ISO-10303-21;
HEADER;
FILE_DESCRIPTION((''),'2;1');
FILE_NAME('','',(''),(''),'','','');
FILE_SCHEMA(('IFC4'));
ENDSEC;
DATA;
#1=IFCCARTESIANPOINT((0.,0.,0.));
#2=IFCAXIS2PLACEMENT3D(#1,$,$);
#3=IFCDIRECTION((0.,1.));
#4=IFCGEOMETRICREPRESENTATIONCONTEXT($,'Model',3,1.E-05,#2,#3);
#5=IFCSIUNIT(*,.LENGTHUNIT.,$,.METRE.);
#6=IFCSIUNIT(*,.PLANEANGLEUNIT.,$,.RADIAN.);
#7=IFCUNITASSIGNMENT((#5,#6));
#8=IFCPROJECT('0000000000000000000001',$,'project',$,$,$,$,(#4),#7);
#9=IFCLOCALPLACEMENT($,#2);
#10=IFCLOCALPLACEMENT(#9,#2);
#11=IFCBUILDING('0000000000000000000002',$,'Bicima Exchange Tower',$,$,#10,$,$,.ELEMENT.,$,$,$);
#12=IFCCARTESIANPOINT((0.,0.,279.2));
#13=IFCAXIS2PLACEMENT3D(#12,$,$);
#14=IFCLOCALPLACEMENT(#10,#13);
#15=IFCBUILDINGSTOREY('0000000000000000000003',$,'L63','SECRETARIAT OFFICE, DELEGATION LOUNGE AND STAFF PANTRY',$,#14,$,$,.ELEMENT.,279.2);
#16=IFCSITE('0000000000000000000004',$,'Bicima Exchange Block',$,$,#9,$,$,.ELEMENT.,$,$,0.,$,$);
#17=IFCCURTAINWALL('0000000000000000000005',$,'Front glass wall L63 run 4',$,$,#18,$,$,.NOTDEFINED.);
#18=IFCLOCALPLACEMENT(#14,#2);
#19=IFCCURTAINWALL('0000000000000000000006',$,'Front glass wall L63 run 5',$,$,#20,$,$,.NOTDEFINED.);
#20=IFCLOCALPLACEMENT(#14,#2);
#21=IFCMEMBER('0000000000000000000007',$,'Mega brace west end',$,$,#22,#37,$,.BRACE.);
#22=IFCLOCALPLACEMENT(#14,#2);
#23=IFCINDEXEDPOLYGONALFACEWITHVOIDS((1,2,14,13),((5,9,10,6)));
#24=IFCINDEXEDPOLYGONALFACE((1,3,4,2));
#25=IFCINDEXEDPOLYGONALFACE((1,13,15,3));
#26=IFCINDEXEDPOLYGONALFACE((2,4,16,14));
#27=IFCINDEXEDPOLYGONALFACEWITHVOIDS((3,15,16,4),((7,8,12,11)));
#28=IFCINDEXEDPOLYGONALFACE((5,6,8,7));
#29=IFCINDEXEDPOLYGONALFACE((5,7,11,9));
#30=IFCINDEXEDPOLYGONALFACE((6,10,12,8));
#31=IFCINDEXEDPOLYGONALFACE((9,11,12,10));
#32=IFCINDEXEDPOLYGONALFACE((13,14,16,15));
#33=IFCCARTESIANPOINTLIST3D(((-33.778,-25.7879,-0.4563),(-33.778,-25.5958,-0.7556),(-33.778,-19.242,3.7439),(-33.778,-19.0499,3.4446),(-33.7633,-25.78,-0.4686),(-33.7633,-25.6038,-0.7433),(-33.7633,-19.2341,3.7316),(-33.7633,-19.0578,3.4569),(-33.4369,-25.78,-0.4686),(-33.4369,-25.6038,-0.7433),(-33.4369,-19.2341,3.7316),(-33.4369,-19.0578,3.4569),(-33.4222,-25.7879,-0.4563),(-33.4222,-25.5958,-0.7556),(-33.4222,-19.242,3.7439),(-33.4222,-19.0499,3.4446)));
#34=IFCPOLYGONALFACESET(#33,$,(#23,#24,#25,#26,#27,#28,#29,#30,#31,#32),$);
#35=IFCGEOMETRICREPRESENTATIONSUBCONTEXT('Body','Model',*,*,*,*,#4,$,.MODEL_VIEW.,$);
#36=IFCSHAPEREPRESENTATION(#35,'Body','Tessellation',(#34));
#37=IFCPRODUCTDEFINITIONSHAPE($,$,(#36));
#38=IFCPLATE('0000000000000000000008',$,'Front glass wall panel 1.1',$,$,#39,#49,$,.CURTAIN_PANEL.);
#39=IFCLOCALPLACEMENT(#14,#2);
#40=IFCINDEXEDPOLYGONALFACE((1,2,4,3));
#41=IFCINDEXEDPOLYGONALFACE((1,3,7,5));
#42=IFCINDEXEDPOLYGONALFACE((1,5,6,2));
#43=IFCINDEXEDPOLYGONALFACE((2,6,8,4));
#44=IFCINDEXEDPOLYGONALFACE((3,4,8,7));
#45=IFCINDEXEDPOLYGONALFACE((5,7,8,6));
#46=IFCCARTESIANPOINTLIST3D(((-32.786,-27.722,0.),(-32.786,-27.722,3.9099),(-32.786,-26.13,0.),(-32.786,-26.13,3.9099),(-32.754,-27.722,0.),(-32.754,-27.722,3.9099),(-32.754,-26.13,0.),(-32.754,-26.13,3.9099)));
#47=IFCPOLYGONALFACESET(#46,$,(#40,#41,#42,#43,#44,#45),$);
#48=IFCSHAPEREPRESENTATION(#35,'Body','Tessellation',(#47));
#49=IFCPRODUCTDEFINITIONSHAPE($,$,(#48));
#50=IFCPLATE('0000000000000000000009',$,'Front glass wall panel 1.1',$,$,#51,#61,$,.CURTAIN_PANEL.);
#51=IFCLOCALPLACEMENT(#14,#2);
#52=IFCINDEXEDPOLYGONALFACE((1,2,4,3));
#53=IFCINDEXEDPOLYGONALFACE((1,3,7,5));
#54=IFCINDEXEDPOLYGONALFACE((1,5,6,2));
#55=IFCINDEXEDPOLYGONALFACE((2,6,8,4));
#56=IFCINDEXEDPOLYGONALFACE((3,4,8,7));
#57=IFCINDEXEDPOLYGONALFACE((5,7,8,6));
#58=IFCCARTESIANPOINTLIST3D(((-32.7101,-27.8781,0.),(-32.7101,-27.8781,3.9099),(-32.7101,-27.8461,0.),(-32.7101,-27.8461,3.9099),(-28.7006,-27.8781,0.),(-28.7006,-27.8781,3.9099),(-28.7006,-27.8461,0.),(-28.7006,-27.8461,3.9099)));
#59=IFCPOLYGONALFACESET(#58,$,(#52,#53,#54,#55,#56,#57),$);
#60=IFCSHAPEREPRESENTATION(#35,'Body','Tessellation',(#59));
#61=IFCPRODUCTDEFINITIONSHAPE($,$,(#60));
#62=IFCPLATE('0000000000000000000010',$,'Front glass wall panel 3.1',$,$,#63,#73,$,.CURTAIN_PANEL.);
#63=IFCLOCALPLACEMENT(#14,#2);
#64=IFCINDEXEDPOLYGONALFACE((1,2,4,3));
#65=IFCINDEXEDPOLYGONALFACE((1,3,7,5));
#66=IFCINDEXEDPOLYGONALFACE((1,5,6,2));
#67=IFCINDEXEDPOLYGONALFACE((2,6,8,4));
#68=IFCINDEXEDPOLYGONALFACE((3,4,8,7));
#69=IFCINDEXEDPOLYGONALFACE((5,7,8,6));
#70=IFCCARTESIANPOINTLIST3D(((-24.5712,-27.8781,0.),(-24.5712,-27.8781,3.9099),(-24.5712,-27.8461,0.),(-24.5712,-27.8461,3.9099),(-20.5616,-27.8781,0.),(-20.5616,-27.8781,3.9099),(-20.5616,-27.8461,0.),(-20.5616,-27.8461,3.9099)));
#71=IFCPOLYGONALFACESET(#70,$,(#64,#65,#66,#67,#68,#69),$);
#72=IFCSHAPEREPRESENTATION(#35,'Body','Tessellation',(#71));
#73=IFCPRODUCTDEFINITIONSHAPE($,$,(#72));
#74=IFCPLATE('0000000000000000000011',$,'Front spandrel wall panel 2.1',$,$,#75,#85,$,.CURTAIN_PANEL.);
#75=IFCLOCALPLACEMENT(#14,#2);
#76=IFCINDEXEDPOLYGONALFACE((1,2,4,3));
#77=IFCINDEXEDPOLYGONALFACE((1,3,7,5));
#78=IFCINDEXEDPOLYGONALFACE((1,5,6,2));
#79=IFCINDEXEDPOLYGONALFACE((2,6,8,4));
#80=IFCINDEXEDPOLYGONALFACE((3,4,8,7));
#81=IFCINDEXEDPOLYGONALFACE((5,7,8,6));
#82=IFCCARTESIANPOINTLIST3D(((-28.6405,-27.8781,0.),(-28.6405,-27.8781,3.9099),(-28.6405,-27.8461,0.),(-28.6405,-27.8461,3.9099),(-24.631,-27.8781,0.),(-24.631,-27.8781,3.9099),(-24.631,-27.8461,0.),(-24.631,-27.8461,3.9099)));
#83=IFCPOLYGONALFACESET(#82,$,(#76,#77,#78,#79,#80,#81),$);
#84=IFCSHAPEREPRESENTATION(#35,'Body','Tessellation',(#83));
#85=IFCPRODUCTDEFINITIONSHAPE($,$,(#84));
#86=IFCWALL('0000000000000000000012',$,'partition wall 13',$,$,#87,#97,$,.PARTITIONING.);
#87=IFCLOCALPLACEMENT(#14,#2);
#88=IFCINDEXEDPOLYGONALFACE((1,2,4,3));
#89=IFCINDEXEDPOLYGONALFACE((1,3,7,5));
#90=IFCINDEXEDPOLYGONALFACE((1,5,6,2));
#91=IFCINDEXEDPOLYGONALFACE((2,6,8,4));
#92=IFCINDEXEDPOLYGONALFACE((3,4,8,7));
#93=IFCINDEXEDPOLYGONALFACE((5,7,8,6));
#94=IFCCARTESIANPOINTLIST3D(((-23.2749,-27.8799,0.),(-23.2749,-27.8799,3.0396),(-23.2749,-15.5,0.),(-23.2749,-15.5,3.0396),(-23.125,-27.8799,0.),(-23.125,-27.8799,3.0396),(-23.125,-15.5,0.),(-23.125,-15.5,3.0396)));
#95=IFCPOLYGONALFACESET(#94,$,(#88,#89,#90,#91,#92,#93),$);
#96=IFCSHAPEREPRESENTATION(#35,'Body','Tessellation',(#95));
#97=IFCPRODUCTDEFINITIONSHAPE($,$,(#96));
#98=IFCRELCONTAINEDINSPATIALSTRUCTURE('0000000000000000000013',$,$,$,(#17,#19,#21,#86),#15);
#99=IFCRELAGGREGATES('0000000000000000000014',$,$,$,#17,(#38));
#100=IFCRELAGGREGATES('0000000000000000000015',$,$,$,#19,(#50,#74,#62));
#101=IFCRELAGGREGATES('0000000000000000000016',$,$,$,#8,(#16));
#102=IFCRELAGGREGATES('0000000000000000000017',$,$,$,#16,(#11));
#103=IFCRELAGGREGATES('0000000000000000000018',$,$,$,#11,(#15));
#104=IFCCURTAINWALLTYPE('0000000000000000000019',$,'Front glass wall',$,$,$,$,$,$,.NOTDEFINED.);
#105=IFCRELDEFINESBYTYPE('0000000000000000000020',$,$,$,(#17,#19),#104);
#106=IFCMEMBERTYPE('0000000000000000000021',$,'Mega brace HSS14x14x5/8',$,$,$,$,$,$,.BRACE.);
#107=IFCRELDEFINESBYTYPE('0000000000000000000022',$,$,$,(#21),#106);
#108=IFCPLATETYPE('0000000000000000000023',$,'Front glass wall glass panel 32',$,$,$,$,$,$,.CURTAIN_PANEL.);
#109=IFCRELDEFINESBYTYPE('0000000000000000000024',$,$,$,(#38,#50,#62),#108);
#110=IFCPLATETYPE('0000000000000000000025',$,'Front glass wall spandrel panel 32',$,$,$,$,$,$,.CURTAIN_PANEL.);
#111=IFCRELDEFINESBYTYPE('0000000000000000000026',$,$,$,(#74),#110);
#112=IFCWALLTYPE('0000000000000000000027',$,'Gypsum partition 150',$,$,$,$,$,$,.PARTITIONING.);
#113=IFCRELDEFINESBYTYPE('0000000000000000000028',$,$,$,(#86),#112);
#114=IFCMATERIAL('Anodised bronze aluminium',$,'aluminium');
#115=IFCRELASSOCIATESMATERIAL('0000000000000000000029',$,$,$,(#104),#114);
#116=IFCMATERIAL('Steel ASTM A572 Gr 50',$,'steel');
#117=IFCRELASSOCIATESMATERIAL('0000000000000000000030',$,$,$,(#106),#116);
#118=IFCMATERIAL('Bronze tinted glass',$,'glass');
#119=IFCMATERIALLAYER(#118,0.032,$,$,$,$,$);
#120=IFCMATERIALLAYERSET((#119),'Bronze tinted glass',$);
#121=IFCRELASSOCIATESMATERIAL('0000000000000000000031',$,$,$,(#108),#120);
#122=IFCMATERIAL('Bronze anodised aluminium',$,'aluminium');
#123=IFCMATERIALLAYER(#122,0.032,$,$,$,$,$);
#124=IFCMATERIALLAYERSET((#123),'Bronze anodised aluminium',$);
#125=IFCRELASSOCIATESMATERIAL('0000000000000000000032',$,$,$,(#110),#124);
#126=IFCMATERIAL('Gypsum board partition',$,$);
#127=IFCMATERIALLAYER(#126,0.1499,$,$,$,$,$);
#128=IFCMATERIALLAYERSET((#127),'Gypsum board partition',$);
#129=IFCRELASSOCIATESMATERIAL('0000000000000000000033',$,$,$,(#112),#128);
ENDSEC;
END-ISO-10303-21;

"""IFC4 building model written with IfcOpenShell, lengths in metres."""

from ifc_helpers import new_model, si_unit, direction, frame, frame_2d, origin, origin_2d, place, context, subcontext, project, spatial, rectangle, hollow_rectangle, extrude, material, layer, layer_set, material_profile, profile_set, type_object, element, aggregate, save


model = new_model("IFC4")

# Units and contexts
model_context = context("Model", 3, precision=1e-05, world=origin(), true_north=direction((0.0, 1.0)))
body_context = subcontext(model_context, "Body", "Model", "MODEL_VIEW")
ifc_project = project(units=[si_unit("LENGTHUNIT", "METRE"), si_unit("PLANEANGLEUNIT", "RADIAN")], contexts=[model_context])

# Site, building, storey
site_placement = place(None, origin())
site = spatial("IfcSite", under=ifc_project, at=site_placement, Name="Bicima Exchange Block", CompositionType="ELEMENT", RefElevation=0.0)
building_placement = place(site_placement, origin())
building = spatial("IfcBuilding", under=site, at=building_placement, Name="Bicima Exchange Tower", CompositionType="ELEMENT")
storey_placement = place(building_placement, frame((0.0, 0.0, 279.2)))
storey = spatial("IfcBuildingStorey", under=building, at=storey_placement, Name="L63", Description="SECRETARIAT OFFICE, DELEGATION LOUNGE AND STAFF PANTRY", CompositionType="ELEMENT", Elevation=279.2)

# Curtain walls
ifc_material_1 = material(Name="Anodised bronze aluminium", Category="aluminium")
curtain_wall_type = type_object("IfcCurtainWallType", Name="Front glass wall", PredefinedType="NOTDEFINED", material=ifc_material_1)
curtain_wall_1_placement = place(storey_placement, origin())
curtain_wall_1 = element("IfcCurtainWall", 1, at=curtain_wall_1_placement, inside=storey, type_object=curtain_wall_type, Name="Front glass wall L63 run 4", PredefinedType="NOTDEFINED")
curtain_wall_2_placement = place(storey_placement, origin())
curtain_wall_2 = element("IfcCurtainWall", 2, at=curtain_wall_2_placement, inside=storey, type_object=curtain_wall_type, Name="Front glass wall L63 run 5", PredefinedType="NOTDEFINED")

# Member
ifc_material_2 = material(Name="Steel ASTM A572 Gr 50", Category="steel")
ifc_material_profile_1 = material_profile(ifc_material_2, hollow_rectangle(XDim=0.3557, YDim=0.3557, WallThickness=0.0146, at=origin_2d()))
ifc_profile_set_1 = profile_set([ifc_material_profile_1], Name="Steel ASTM A572 Gr 50")
member_type_1 = type_object("IfcMemberType", Name="Mega brace HSS14x14x5/8", PredefinedType="BRACE", material=ifc_profile_set_1)
member_1_placement = place(storey_placement, frame((-33.6001, -25.6919, -0.606), z_axis=(0.0, 0.841639, 0.54004), x_axis=(-1.0, 0.0, 0.0)))
element("IfcMember", 3, at=member_1_placement, inside=storey, type_object=member_type_1, Name="Mega brace west end", PredefinedType="BRACE", context=body_context, shape_type="SweptSolid", body=[
    extrude(hollow_rectangle(XDim=0.3557, YDim=0.3557, WallThickness=0.0146, at=origin_2d()), origin(), (0.0, 0.0, 1.0), 7.7776),
])

# Plates
ifc_material_3 = material(Name="Bronze tinted glass", Category="glass")
ifc_layer_1 = layer(ifc_material_3, 0.032)
ifc_layer_set_1 = layer_set([ifc_layer_1], Name="Bronze tinted glass")
plate_type_1 = type_object("IfcPlateType", Name="Front glass wall glass panel 32", PredefinedType="CURTAIN_PANEL", material=ifc_layer_set_1)
plate_1_placement = place(storey_placement, frame((-32.77, -26.926, 0.0), z_axis=(0.0, 0.0, 1.0), x_axis=(0.0, -1.0, 0.0)))
plate_1 = element("IfcPlate", 4, at=plate_1_placement, type_object=plate_type_1, Name="Front glass wall panel 1.1", PredefinedType="CURTAIN_PANEL", context=body_context, shape_type="SweptSolid", body=[
    extrude(rectangle(XDim=1.592, YDim=0.032, at=origin_2d()), origin(), (0.0, 0.0, 1.0), 3.9099),
])
aggregate(curtain_wall_1, [plate_1])
plate_2_placement = place(storey_placement, frame((-30.7053, -27.8621, 0.0), z_axis=(0.0, 0.0, 1.0), x_axis=(1.0, 0.0, 0.0)))
plate_2 = element("IfcPlate", 5, at=plate_2_placement, type_object=plate_type_1, Name="Front glass wall panel 1.1", PredefinedType="CURTAIN_PANEL", context=body_context, shape_type="SweptSolid", body=[
    extrude(rectangle(XDim=4.0095, YDim=0.032, at=origin_2d()), origin(), (0.0, 0.0, 1.0), 3.9099),
])
plate_3_placement = place(storey_placement, frame((-22.5664, -27.8621, 0.0), z_axis=(0.0, 0.0, 1.0), x_axis=(1.0, 0.0, 0.0)))
plate_3 = element("IfcPlate", 6, at=plate_3_placement, type_object=plate_type_1, Name="Front glass wall panel 3.1", PredefinedType="CURTAIN_PANEL", context=body_context, shape_type="SweptSolid", body=[
    extrude(rectangle(XDim=4.0095, YDim=0.032, at=origin_2d()), origin(), (0.0, 0.0, 1.0), 3.9099),
])
ifc_material_4 = material(Name="Bronze anodised aluminium", Category="aluminium")
ifc_layer_2 = layer(ifc_material_4, 0.032)
ifc_layer_set_2 = layer_set([ifc_layer_2], Name="Bronze anodised aluminium")
plate_type_2 = type_object("IfcPlateType", Name="Front glass wall spandrel panel 32", PredefinedType="CURTAIN_PANEL", material=ifc_layer_set_2)
plate_4_placement = place(storey_placement, frame((-26.6357, -27.8621, 0.0), z_axis=(0.0, 0.0, 1.0), x_axis=(1.0, 0.0, 0.0)))
plate_4 = element("IfcPlate", 7, at=plate_4_placement, type_object=plate_type_2, Name="Front spandrel wall panel 2.1", PredefinedType="CURTAIN_PANEL", context=body_context, shape_type="SweptSolid", body=[
    extrude(rectangle(XDim=4.0095, YDim=0.032, at=origin_2d()), origin(), (0.0, 0.0, 1.0), 3.9099),
])
aggregate(curtain_wall_2, [plate_2, plate_4, plate_3])

# Wall
ifc_material_5 = material(Name="Gypsum board partition")
ifc_layer_3 = layer(ifc_material_5, 0.1499)
ifc_layer_set_3 = layer_set([ifc_layer_3], Name="Gypsum board partition")
wall_type = type_object("IfcWallType", Name="Gypsum partition 150", PredefinedType="PARTITIONING", material=ifc_layer_set_3)
wall_placement = place(storey_placement, frame((-23.2, -27.8799, 0.0), z_axis=(0.0, 0.0, 1.0), x_axis=(0.0, 1.0, 0.0)))
element("IfcWall", 8, at=wall_placement, inside=storey, type_object=wall_type, Name="partition wall 13", PredefinedType="PARTITIONING", context=body_context, shape_type="SweptSolid", body=[
    extrude(rectangle(XDim=12.3799, YDim=0.1499, at=frame_2d((6.1899, 0.0))), origin(), (0.0, 0.0, 1.0), 3.0396),
])

save(model, "model.ifc")
